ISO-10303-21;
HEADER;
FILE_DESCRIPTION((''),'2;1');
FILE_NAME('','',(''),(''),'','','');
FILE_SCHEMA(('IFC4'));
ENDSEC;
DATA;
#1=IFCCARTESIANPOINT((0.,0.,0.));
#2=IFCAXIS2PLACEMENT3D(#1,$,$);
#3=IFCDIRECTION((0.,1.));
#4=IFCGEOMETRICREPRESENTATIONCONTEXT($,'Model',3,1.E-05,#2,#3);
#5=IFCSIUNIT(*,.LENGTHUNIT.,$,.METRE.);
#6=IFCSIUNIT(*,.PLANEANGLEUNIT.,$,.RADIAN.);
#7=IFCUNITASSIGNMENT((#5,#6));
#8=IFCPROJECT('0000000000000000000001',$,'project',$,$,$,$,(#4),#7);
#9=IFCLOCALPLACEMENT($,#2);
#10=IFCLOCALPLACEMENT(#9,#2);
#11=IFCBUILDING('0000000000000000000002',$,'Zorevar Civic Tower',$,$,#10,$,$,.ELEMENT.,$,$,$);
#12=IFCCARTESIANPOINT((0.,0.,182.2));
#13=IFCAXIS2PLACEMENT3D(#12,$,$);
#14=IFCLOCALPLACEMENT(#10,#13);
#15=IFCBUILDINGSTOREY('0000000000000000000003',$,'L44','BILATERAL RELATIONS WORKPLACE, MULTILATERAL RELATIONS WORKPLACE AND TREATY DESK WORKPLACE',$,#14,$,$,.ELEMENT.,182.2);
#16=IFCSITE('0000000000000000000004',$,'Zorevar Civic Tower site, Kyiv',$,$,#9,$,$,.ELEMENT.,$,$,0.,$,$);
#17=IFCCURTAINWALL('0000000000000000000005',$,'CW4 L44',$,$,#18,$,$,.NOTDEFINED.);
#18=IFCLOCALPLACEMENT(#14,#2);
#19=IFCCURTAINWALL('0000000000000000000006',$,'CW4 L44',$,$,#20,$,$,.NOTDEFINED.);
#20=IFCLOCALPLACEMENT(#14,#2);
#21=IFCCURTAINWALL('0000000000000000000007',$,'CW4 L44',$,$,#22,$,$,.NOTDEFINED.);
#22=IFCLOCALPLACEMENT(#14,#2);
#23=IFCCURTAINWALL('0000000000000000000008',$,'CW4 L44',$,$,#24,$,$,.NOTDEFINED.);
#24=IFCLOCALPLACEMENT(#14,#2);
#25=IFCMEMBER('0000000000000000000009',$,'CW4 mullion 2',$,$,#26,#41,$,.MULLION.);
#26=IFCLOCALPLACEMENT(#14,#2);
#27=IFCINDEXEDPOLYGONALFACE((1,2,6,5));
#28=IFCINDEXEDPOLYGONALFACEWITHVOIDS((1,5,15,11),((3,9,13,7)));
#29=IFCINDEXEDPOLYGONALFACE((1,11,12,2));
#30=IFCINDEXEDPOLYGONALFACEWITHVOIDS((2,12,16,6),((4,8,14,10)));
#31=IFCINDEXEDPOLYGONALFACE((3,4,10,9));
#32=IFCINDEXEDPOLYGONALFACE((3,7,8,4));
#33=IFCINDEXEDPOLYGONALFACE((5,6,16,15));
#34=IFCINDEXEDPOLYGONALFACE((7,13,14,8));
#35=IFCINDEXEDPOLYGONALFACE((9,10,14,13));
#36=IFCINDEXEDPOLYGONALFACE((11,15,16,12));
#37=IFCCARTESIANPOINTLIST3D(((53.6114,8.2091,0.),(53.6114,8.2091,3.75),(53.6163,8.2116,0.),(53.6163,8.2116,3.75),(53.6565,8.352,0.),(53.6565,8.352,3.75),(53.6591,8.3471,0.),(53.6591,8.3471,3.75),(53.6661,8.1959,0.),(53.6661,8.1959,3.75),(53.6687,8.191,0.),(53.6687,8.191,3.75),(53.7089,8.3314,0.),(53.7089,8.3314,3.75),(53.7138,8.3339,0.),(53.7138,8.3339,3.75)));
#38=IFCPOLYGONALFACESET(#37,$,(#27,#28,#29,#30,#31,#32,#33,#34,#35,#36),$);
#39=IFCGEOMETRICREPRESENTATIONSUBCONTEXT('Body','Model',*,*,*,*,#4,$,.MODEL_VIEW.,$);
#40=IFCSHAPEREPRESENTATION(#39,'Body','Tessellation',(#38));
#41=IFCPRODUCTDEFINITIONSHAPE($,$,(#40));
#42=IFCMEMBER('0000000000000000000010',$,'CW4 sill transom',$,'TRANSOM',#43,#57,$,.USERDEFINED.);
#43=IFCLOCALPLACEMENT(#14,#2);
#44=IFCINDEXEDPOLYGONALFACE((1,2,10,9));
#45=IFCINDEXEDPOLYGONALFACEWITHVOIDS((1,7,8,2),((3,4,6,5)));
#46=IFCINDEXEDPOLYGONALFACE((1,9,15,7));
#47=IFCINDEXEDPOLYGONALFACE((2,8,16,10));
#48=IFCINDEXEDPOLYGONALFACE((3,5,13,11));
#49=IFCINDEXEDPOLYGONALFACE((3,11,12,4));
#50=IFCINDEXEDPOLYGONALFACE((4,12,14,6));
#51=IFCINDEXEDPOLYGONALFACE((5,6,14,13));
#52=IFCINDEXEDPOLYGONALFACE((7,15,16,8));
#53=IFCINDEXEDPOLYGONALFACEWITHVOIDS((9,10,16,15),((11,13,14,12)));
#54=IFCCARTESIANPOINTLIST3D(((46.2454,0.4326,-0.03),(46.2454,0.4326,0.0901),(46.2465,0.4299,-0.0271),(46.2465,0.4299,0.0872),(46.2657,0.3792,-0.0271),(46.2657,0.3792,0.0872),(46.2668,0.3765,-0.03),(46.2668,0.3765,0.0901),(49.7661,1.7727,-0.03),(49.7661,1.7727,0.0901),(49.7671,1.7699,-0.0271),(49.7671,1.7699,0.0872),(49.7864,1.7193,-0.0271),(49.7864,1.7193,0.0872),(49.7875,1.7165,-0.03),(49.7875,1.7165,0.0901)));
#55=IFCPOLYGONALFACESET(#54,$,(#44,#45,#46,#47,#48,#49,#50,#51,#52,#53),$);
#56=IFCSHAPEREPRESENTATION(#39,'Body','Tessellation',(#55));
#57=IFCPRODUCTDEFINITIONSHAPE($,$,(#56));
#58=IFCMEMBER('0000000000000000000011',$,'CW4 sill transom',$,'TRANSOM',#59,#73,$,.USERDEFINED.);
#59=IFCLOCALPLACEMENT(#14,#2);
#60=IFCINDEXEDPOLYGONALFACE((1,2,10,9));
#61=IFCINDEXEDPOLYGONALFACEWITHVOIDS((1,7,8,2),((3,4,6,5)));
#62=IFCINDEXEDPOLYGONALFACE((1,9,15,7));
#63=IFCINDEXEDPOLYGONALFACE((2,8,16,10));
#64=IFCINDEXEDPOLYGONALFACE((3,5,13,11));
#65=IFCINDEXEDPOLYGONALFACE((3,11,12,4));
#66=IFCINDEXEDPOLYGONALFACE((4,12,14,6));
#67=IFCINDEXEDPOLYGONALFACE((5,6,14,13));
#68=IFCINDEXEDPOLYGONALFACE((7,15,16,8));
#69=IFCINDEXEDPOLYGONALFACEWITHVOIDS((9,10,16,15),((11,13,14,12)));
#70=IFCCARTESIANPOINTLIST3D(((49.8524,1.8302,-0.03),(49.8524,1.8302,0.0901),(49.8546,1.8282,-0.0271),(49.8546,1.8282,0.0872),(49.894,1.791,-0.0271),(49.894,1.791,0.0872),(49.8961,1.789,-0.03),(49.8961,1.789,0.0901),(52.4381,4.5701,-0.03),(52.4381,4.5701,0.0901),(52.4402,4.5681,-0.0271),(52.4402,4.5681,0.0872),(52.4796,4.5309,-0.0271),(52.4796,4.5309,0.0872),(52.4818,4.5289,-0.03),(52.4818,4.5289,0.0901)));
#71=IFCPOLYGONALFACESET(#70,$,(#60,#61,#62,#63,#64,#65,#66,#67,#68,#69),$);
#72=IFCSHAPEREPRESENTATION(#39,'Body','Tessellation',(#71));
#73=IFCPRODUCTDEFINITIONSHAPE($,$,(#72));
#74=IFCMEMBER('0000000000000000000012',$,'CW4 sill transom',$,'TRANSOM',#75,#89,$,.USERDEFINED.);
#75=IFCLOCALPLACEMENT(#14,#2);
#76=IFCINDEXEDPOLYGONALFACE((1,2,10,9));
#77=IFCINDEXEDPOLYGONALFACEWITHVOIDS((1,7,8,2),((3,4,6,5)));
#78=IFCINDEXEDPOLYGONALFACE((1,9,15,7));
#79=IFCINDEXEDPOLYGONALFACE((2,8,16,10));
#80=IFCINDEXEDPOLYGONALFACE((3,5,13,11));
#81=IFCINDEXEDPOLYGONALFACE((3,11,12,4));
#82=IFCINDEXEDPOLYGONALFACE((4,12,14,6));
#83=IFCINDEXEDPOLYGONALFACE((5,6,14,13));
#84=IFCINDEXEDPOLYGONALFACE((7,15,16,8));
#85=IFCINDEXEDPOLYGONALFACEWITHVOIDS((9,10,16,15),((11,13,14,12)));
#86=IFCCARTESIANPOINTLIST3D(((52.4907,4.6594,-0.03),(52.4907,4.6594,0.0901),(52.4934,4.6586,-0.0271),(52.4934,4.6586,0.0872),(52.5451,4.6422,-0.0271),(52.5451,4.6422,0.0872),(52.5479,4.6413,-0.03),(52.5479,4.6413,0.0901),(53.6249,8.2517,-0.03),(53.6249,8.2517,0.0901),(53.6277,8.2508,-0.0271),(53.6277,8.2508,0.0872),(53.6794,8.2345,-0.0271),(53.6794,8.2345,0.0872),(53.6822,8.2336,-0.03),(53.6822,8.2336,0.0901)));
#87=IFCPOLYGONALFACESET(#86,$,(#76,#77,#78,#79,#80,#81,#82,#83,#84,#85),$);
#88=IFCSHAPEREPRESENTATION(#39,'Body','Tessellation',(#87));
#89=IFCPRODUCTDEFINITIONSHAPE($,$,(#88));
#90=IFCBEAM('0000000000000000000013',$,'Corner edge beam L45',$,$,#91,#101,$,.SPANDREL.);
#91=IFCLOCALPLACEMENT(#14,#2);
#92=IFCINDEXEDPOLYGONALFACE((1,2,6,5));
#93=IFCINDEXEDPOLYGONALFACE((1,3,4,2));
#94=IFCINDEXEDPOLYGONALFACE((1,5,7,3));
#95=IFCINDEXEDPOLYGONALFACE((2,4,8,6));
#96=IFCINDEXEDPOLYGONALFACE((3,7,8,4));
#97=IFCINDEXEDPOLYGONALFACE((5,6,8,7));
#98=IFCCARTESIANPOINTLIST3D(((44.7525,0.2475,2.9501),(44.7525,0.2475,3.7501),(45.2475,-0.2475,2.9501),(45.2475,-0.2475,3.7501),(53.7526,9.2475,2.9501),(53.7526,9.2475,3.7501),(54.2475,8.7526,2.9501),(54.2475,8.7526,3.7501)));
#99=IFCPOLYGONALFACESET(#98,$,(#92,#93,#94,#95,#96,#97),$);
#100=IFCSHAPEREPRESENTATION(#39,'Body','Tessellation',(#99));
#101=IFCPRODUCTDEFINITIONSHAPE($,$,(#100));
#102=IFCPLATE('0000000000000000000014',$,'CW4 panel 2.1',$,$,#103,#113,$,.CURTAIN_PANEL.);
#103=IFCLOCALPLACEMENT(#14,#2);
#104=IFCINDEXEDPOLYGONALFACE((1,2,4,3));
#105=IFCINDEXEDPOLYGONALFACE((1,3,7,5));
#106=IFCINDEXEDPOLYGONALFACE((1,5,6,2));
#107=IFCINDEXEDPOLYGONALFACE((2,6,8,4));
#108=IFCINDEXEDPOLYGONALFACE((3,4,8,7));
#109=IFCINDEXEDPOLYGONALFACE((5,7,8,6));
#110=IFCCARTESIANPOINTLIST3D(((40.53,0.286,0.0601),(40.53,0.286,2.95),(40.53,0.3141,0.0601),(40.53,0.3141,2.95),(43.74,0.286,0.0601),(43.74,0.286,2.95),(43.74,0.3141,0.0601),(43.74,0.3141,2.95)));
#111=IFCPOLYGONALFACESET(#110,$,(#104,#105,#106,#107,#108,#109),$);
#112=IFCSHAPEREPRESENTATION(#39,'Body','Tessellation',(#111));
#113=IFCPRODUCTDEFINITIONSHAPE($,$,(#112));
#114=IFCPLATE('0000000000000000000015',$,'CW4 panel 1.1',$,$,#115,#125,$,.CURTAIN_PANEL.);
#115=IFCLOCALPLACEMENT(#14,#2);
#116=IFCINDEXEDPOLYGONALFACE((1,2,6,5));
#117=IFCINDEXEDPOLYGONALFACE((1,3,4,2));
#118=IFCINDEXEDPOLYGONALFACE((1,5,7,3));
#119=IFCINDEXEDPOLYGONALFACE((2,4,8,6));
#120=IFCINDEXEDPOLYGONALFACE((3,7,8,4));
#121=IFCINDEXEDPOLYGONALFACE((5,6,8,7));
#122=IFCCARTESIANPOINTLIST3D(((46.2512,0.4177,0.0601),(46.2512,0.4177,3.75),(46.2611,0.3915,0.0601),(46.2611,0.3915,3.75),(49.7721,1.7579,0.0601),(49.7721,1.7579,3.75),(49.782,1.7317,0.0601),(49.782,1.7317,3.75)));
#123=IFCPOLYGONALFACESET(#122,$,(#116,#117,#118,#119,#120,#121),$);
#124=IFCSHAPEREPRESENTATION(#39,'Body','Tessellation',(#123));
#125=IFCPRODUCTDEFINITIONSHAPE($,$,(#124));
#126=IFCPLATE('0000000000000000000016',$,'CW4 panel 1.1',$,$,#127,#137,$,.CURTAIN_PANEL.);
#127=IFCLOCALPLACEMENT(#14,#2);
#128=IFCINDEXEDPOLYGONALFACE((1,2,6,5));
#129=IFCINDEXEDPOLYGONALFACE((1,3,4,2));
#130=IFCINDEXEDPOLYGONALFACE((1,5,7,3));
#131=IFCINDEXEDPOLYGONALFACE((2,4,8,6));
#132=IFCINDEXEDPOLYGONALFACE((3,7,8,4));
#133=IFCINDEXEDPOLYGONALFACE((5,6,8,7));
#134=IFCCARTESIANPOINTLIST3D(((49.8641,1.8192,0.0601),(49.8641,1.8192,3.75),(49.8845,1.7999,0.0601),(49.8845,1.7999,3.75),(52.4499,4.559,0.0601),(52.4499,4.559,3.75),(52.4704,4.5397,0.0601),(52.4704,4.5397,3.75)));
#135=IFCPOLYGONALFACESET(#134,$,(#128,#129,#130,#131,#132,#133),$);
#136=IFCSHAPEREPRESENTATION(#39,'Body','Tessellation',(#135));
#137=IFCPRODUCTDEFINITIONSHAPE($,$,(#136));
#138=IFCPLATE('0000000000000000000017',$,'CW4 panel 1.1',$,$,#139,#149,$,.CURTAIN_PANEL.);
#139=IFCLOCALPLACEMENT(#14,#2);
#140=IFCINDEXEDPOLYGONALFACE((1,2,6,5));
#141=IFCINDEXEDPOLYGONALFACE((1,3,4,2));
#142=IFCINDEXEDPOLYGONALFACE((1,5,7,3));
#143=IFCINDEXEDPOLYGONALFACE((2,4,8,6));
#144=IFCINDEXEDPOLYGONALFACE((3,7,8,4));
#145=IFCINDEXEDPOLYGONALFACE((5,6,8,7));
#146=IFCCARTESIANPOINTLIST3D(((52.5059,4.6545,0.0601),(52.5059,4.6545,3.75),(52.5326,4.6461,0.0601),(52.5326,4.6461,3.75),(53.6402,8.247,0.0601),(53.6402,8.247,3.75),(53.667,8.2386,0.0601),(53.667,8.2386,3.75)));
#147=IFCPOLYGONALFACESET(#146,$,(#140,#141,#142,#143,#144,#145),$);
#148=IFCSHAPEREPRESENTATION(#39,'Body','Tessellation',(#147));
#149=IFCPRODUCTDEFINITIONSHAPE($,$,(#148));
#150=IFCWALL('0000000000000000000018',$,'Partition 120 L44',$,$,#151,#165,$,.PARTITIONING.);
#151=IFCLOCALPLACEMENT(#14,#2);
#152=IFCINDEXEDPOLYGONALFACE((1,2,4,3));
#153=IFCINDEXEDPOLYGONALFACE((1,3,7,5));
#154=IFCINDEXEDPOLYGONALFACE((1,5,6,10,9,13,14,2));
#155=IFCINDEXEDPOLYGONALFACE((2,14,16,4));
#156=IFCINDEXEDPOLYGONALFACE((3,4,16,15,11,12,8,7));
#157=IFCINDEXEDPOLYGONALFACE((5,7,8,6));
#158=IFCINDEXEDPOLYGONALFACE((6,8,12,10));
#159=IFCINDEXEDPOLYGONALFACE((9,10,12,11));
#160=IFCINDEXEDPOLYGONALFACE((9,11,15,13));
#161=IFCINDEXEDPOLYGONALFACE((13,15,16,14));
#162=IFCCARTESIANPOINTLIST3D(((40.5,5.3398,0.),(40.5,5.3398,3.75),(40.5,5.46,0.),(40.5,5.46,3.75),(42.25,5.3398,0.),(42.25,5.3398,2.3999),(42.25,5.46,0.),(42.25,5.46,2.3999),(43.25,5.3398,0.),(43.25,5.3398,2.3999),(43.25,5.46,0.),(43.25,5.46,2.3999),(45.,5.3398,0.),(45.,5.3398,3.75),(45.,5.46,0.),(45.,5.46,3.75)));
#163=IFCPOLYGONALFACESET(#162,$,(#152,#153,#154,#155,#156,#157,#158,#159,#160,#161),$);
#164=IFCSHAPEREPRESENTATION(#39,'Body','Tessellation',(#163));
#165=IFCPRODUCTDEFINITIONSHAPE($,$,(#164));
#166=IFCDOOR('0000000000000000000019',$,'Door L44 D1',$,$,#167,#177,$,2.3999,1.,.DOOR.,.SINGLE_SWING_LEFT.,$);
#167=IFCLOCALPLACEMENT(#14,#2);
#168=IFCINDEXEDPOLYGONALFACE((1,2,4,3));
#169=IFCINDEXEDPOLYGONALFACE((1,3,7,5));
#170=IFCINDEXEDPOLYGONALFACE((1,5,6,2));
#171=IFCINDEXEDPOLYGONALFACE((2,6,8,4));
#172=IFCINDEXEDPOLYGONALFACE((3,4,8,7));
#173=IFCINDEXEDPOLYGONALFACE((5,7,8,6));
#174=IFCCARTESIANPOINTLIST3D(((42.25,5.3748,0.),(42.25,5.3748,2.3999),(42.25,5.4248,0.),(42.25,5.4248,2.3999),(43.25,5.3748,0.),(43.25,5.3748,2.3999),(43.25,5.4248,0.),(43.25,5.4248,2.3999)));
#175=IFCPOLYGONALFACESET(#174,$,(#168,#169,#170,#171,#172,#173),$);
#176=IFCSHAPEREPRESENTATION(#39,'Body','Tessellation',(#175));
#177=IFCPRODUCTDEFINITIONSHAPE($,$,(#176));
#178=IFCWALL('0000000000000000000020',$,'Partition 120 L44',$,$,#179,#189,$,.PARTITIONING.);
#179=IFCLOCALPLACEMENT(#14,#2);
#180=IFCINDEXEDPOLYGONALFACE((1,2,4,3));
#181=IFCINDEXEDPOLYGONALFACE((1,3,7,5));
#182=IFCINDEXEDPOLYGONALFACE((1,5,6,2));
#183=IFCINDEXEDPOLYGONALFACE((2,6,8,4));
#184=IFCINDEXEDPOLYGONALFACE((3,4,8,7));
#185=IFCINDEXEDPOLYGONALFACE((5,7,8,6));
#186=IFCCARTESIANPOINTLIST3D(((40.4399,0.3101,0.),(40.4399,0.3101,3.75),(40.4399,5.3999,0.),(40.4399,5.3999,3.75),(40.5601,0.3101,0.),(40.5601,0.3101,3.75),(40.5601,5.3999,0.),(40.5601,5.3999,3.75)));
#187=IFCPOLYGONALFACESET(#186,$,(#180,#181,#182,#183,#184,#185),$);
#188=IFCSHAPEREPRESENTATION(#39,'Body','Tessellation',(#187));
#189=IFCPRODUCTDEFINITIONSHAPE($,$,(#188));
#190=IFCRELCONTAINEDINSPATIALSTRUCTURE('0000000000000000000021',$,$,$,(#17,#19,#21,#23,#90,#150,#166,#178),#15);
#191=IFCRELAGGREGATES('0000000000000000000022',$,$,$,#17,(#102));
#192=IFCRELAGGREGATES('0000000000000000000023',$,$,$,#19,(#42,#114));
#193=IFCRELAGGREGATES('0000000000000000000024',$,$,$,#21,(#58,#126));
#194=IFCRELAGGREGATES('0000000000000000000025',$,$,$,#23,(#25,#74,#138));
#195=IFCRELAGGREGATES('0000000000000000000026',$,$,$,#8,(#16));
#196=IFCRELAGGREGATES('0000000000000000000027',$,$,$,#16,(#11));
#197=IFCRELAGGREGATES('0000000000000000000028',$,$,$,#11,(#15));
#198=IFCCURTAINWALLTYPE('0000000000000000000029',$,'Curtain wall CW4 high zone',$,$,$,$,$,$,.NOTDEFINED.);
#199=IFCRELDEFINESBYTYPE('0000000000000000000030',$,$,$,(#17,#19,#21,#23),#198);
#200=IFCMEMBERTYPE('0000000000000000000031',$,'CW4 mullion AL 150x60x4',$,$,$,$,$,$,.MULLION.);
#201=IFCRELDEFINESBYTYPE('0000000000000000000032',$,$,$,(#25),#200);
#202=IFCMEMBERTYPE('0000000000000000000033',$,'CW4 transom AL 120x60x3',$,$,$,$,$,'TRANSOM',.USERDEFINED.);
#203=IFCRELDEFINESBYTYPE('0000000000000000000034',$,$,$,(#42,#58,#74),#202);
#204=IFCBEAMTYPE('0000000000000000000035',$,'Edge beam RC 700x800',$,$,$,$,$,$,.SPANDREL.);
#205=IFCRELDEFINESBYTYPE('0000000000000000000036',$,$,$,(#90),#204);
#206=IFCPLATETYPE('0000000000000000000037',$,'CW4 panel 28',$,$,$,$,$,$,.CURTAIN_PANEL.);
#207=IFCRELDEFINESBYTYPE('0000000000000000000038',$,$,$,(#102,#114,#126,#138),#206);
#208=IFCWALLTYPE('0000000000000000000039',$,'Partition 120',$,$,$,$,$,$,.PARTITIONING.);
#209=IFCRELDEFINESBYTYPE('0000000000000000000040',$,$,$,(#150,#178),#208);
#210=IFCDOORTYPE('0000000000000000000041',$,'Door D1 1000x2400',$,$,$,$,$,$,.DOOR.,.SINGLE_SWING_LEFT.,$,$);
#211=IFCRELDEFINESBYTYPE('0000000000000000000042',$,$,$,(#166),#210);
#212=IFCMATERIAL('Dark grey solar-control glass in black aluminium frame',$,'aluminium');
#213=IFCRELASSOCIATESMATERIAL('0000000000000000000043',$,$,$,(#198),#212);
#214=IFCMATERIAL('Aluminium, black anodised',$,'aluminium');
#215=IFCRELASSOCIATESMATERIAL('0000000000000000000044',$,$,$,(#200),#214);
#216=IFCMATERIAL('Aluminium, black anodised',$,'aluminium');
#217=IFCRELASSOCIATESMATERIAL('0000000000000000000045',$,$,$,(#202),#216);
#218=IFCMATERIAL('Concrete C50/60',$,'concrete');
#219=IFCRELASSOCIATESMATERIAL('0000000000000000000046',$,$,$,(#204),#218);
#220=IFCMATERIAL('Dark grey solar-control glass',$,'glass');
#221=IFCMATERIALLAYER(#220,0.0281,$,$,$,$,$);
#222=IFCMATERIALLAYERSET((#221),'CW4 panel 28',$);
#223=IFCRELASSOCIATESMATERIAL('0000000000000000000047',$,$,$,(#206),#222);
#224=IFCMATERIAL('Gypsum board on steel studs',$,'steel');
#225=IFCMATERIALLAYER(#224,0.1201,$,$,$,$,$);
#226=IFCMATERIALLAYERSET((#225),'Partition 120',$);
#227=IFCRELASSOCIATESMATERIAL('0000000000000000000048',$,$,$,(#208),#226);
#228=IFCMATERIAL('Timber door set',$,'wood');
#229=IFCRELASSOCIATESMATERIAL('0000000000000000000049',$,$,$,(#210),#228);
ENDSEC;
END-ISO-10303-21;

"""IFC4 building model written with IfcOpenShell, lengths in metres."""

from ifc_helpers import new_model, si_unit, direction, frame, frame_2d, origin, origin_2d, place, context, subcontext, project, spatial, rectangle, hollow_rectangle, extrude, material, layer, layer_set, material_profile, profile_set, type_object, element, fill, aggregate, save


model = new_model("IFC4")

# Units and contexts
model_context = context("Model", 3, precision=1e-05, world=origin(), true_north=direction((0.0, 1.0)))
body_context = subcontext(model_context, "Body", "Model", "MODEL_VIEW")
ifc_project = project(units=[si_unit("LENGTHUNIT", "METRE"), si_unit("PLANEANGLEUNIT", "RADIAN")], contexts=[model_context])

# Site, building, storey
site_placement = place(None, origin())
site = spatial("IfcSite", under=ifc_project, at=site_placement, Name="Zorevar Civic Tower site, Kyiv", CompositionType="ELEMENT", RefElevation=0.0)
building_placement = place(site_placement, origin())
building = spatial("IfcBuilding", under=site, at=building_placement, Name="Zorevar Civic Tower", CompositionType="ELEMENT")
storey_placement = place(building_placement, frame((0.0, 0.0, 182.2)))
storey = spatial("IfcBuildingStorey", under=building, at=storey_placement, Name="L44", Description="BILATERAL RELATIONS WORKPLACE, MULTILATERAL RELATIONS WORKPLACE AND TREATY DESK WORKPLACE", CompositionType="ELEMENT", Elevation=182.2)

# Curtain walls, member
ifc_material_1 = material(Name="Dark grey solar-control glass in black aluminium frame", Category="aluminium")
curtain_wall_type = type_object("IfcCurtainWallType", Name="Curtain wall CW4 high zone", PredefinedType="NOTDEFINED", material=ifc_material_1)
curtain_wall_1_placement = place(storey_placement, origin())
curtain_wall_1 = element("IfcCurtainWall", 1, at=curtain_wall_1_placement, inside=storey, type_object=curtain_wall_type, Name="CW4 L44", PredefinedType="NOTDEFINED")
ifc_material_2 = material(Name="Aluminium, black anodised", Category="aluminium")
ifc_material_profile_1 = material_profile(ifc_material_2, hollow_rectangle(XDim=0.0601, YDim=0.1499, WallThickness=0.0039, at=origin_2d()), Name="AL 150x60x4")
ifc_profile_set_1 = profile_set([ifc_material_profile_1], Name="Aluminium, black anodised")
member_type_1 = type_object("IfcMemberType", Name="CW4 mullion AL 150x60x4", PredefinedType="MULLION", material=ifc_profile_set_1)
curtain_wall_2_placement = place(storey_placement, origin())
curtain_wall_2 = element("IfcCurtainWall", 2, at=curtain_wall_2_placement, inside=storey, type_object=curtain_wall_type, Name="CW4 L44", PredefinedType="NOTDEFINED")
curtain_wall_3_placement = place(storey_placement, origin())
curtain_wall_3 = element("IfcCurtainWall", 3, at=curtain_wall_3_placement, inside=storey, type_object=curtain_wall_type, Name="CW4 L44", PredefinedType="NOTDEFINED")
curtain_wall_4_placement = place(storey_placement, origin())
curtain_wall_4 = element("IfcCurtainWall", 4, at=curtain_wall_4_placement, inside=storey, type_object=curtain_wall_type, Name="CW4 L44", PredefinedType="NOTDEFINED")
member_1_placement = place(storey_placement, frame((53.6626, 8.2715, 0.0), z_axis=(0.0, 0.0, 1.0), x_axis=(-0.95359, 0.301108, 0.0)))
member_1 = element("IfcMember", 5, at=member_1_placement, type_object=member_type_1, Name="CW4 mullion 2", PredefinedType="MULLION", context=body_context, shape_type="SweptSolid", body=[
    extrude(hollow_rectangle(XDim=0.0601, YDim=0.1499, WallThickness=0.0039, at=origin_2d()), origin(), (0.0, 0.0, 1.0), 3.75),
])

# Members
ifc_material_3 = material(Name="Aluminium, black anodised", Category="aluminium")
ifc_material_profile_2 = material_profile(ifc_material_3, hollow_rectangle(XDim=0.0601, YDim=0.1201, WallThickness=0.0029, at=origin_2d()), Name="AL 120x60x3")
ifc_profile_set_2 = profile_set([ifc_material_profile_2], Name="Aluminium, black anodised")
member_type_2 = type_object("IfcMemberType", Name="CW4 transom AL 120x60x3", ElementType="TRANSOM", PredefinedType="USERDEFINED", material=ifc_profile_set_2)
member_2_placement = place(storey_placement, frame((46.2561, 0.4045, 0.03), z_axis=(0.934589, 0.355729, 0.0), x_axis=(-0.355729, 0.934589, 0.0)))
member_2 = element("IfcMember", 6, at=member_2_placement, type_object=member_type_2, Name="CW4 sill transom", ObjectType="TRANSOM", PredefinedType="USERDEFINED", context=body_context, shape_type="SweptSolid", body=[
    extrude(hollow_rectangle(XDim=0.0601, YDim=0.1201, WallThickness=0.0029, at=origin_2d()), origin(), (0.0, 0.0, 1.0), 3.7671),
])
member_3_placement = place(storey_placement, frame((49.8743, 1.8096, 0.03), z_axis=(0.686332, 0.727288, 0.0), x_axis=(-0.727288, 0.686332, 0.0)))
member_3 = element("IfcMember", 7, at=member_3_placement, type_object=member_type_2, Name="CW4 sill transom", ObjectType="TRANSOM", PredefinedType="USERDEFINED", context=body_context, shape_type="SweptSolid", body=[
    extrude(hollow_rectangle(XDim=0.0601, YDim=0.1201, WallThickness=0.0029, at=origin_2d()), origin(), (0.0, 0.0, 1.0), 3.7673),
])
member_4_placement = place(storey_placement, frame((52.5193, 4.6504, 0.03), z_axis=(0.3011, 0.953592, 0.0), x_axis=(-0.953592, 0.3011, 0.0)))
member_4 = element("IfcMember", 8, at=member_4_placement, type_object=member_type_2, Name="CW4 sill transom", ObjectType="TRANSOM", PredefinedType="USERDEFINED", context=body_context, shape_type="SweptSolid", body=[
    extrude(hollow_rectangle(XDim=0.0601, YDim=0.1201, WallThickness=0.0029, at=origin_2d()), origin(), (0.0, 0.0, 1.0), 3.7671),
])

# Beam
ifc_material_4 = material(Name="Concrete C50/60", Category="concrete")
ifc_material_profile_3 = material_profile(ifc_material_4, rectangle(XDim=0.7, YDim=0.8, at=origin_2d()), Name="RC 700x800")
ifc_profile_set_3 = profile_set([ifc_material_profile_3], Name="Concrete C50/60")
beam_type_1 = type_object("IfcBeamType", Name="Edge beam RC 700x800", PredefinedType="SPANDREL", material=ifc_profile_set_3)
beam_1_placement = place(storey_placement, frame((45.0, 0.0, 3.3501), z_axis=(0.707107, 0.707107, 0.0), x_axis=(-0.707107, 0.707107, 0.0)))
element("IfcBeam", 9, at=beam_1_placement, inside=storey, type_object=beam_type_1, Name="Corner edge beam L45", PredefinedType="SPANDREL", context=body_context, shape_type="SweptSolid", body=[
    extrude(rectangle(XDim=0.7, YDim=0.8, at=origin_2d()), origin(), (0.0, 0.0, 1.0), 12.728),
])

# Plates
ifc_material_5 = material(Name="Dark grey solar-control glass", Category="glass")
ifc_layer_1 = layer(ifc_material_5, 0.0281)
ifc_layer_set_1 = layer_set([ifc_layer_1], Name="CW4 panel 28")
plate_type = type_object("IfcPlateType", Name="CW4 panel 28", PredefinedType="CURTAIN_PANEL", material=ifc_layer_set_1)
plate_1_placement = place(storey_placement, frame((42.135, 0.3, 0.0601), z_axis=(0.0, 0.0, 1.0), x_axis=(1.0, 0.0, 0.0)))
plate_1 = element("IfcPlate", 10, at=plate_1_placement, type_object=plate_type, Name="CW4 panel 2.1", PredefinedType="CURTAIN_PANEL", context=body_context, shape_type="SweptSolid", body=[
    extrude(rectangle(XDim=3.21, YDim=0.0281, at=origin_2d()), origin(), (0.0, 0.0, 1.0), 2.8899),
])
aggregate(curtain_wall_1, [plate_1])
plate_2_placement = place(storey_placement, frame((48.0166, 1.0747, 0.0601), z_axis=(0.0, 0.0, 1.0), x_axis=(0.934588, 0.355731, 0.0)))
plate_2 = element("IfcPlate", 11, at=plate_2_placement, type_object=plate_type, Name="CW4 panel 1.1", PredefinedType="CURTAIN_PANEL", context=body_context, shape_type="SweptSolid", body=[
    extrude(rectangle(XDim=3.7673, YDim=0.0281, at=origin_2d()), origin(), (0.0, 0.0, 1.0), 3.6899),
])
aggregate(curtain_wall_2, [member_2, plate_2])
plate_3_placement = place(storey_placement, frame((51.1672, 3.1794, 0.0601), z_axis=(0.0, 0.0, 1.0), x_axis=(0.686378, 0.727245, 0.0)))
plate_3 = element("IfcPlate", 12, at=plate_3_placement, type_object=plate_type, Name="CW4 panel 1.1", PredefinedType="CURTAIN_PANEL", context=body_context, shape_type="SweptSolid", body=[
    extrude(rectangle(XDim=3.7673, YDim=0.0281, at=origin_2d()), origin(), (0.0, 0.0, 1.0), 3.6899),
])
aggregate(curtain_wall_3, [member_3, plate_3])
plate_4_placement = place(storey_placement, frame((53.0864, 6.4465, 0.0601), z_axis=(0.0, 0.0, 1.0), x_axis=(0.301108, 0.95359, 0.0)))
plate_4 = element("IfcPlate", 13, at=plate_4_placement, type_object=plate_type, Name="CW4 panel 1.1", PredefinedType="CURTAIN_PANEL", context=body_context, shape_type="SweptSolid", body=[
    extrude(rectangle(XDim=3.7673, YDim=0.0281, at=origin_2d()), origin(), (0.0, 0.0, 1.0), 3.6899),
])
aggregate(curtain_wall_4, [member_1, member_4, plate_4])

# Wall, opening, door
ifc_material_6 = material(Name="Gypsum board on steel studs", Category="steel")
ifc_layer_2 = layer(ifc_material_6, 0.1201)
ifc_layer_set_2 = layer_set([ifc_layer_2], Name="Partition 120")
wall_type = type_object("IfcWallType", Name="Partition 120", PredefinedType="PARTITIONING", material=ifc_layer_set_2)
wall_1_placement = place(storey_placement, frame((40.5, 5.3999, 0.0), z_axis=(0.0, 0.0, 1.0), x_axis=(1.0, 0.0, 0.0)))
wall_1 = element("IfcWall", 14, at=wall_1_placement, inside=storey, type_object=wall_type, Name="Partition 120 L44", PredefinedType="PARTITIONING", context=body_context, shape_type="SweptSolid", body=[
    extrude(rectangle(XDim=4.5, YDim=0.1201, at=frame_2d((2.25, 0.0))), origin(), (0.0, 0.0, 1.0), 3.75),
])
opening_placement = place(wall_1_placement, frame((1.75, 0.0, 0.0)))
opening = element("IfcOpeningElement", 15, at=opening_placement, cuts=wall_1, PredefinedType="OPENING", context=body_context, shape_type="SweptSolid", body=[
    extrude(rectangle(XDim=1.0, YDim=2.3999, at=frame_2d((0.5, 1.2))), frame((0.0, 0.0701, 0.0), z_axis=(0.0, -1.0, 0.0), x_axis=(1.0, 0.0, 0.0)), (0.0, 0.0, 1.0), 0.1401),
])
ifc_material_7 = material(Name="Timber door set", Category="wood")
door_type = type_object("IfcDoorType", Name="Door D1 1000x2400", OperationType="SINGLE_SWING_LEFT", PredefinedType="DOOR", material=ifc_material_7)
door_placement = place(opening_placement, origin())
door = element("IfcDoor", 16, at=door_placement, inside=storey, type_object=door_type, Name="Door L44 D1", OperationType="SINGLE_SWING_LEFT", OverallHeight=2.3999, OverallWidth=1.0, PredefinedType="DOOR", context=body_context, shape_type="SweptSolid", body=[
    extrude(rectangle(XDim=1.0, YDim=2.3999, at=frame_2d((0.5, 1.2))), frame((0.0, 0.0249, 0.0), z_axis=(0.0, -1.0, 0.0), x_axis=(1.0, 0.0, 0.0)), (0.0, 0.0, 1.0), 0.05),
])
fill(opening, door)

# Wall
wall_2_placement = place(storey_placement, frame((40.5, 0.3101, 0.0), z_axis=(0.0, 0.0, 1.0), x_axis=(0.0, 1.0, 0.0)))
element("IfcWall", 17, at=wall_2_placement, inside=storey, type_object=wall_type, Name="Partition 120 L44", PredefinedType="PARTITIONING", context=body_context, shape_type="SweptSolid", body=[
    extrude(rectangle(XDim=5.0898, YDim=0.1201, at=frame_2d((2.5449, 0.0))), origin(), (0.0, 0.0, 1.0), 3.75),
])

save(model, "model.ifc")
